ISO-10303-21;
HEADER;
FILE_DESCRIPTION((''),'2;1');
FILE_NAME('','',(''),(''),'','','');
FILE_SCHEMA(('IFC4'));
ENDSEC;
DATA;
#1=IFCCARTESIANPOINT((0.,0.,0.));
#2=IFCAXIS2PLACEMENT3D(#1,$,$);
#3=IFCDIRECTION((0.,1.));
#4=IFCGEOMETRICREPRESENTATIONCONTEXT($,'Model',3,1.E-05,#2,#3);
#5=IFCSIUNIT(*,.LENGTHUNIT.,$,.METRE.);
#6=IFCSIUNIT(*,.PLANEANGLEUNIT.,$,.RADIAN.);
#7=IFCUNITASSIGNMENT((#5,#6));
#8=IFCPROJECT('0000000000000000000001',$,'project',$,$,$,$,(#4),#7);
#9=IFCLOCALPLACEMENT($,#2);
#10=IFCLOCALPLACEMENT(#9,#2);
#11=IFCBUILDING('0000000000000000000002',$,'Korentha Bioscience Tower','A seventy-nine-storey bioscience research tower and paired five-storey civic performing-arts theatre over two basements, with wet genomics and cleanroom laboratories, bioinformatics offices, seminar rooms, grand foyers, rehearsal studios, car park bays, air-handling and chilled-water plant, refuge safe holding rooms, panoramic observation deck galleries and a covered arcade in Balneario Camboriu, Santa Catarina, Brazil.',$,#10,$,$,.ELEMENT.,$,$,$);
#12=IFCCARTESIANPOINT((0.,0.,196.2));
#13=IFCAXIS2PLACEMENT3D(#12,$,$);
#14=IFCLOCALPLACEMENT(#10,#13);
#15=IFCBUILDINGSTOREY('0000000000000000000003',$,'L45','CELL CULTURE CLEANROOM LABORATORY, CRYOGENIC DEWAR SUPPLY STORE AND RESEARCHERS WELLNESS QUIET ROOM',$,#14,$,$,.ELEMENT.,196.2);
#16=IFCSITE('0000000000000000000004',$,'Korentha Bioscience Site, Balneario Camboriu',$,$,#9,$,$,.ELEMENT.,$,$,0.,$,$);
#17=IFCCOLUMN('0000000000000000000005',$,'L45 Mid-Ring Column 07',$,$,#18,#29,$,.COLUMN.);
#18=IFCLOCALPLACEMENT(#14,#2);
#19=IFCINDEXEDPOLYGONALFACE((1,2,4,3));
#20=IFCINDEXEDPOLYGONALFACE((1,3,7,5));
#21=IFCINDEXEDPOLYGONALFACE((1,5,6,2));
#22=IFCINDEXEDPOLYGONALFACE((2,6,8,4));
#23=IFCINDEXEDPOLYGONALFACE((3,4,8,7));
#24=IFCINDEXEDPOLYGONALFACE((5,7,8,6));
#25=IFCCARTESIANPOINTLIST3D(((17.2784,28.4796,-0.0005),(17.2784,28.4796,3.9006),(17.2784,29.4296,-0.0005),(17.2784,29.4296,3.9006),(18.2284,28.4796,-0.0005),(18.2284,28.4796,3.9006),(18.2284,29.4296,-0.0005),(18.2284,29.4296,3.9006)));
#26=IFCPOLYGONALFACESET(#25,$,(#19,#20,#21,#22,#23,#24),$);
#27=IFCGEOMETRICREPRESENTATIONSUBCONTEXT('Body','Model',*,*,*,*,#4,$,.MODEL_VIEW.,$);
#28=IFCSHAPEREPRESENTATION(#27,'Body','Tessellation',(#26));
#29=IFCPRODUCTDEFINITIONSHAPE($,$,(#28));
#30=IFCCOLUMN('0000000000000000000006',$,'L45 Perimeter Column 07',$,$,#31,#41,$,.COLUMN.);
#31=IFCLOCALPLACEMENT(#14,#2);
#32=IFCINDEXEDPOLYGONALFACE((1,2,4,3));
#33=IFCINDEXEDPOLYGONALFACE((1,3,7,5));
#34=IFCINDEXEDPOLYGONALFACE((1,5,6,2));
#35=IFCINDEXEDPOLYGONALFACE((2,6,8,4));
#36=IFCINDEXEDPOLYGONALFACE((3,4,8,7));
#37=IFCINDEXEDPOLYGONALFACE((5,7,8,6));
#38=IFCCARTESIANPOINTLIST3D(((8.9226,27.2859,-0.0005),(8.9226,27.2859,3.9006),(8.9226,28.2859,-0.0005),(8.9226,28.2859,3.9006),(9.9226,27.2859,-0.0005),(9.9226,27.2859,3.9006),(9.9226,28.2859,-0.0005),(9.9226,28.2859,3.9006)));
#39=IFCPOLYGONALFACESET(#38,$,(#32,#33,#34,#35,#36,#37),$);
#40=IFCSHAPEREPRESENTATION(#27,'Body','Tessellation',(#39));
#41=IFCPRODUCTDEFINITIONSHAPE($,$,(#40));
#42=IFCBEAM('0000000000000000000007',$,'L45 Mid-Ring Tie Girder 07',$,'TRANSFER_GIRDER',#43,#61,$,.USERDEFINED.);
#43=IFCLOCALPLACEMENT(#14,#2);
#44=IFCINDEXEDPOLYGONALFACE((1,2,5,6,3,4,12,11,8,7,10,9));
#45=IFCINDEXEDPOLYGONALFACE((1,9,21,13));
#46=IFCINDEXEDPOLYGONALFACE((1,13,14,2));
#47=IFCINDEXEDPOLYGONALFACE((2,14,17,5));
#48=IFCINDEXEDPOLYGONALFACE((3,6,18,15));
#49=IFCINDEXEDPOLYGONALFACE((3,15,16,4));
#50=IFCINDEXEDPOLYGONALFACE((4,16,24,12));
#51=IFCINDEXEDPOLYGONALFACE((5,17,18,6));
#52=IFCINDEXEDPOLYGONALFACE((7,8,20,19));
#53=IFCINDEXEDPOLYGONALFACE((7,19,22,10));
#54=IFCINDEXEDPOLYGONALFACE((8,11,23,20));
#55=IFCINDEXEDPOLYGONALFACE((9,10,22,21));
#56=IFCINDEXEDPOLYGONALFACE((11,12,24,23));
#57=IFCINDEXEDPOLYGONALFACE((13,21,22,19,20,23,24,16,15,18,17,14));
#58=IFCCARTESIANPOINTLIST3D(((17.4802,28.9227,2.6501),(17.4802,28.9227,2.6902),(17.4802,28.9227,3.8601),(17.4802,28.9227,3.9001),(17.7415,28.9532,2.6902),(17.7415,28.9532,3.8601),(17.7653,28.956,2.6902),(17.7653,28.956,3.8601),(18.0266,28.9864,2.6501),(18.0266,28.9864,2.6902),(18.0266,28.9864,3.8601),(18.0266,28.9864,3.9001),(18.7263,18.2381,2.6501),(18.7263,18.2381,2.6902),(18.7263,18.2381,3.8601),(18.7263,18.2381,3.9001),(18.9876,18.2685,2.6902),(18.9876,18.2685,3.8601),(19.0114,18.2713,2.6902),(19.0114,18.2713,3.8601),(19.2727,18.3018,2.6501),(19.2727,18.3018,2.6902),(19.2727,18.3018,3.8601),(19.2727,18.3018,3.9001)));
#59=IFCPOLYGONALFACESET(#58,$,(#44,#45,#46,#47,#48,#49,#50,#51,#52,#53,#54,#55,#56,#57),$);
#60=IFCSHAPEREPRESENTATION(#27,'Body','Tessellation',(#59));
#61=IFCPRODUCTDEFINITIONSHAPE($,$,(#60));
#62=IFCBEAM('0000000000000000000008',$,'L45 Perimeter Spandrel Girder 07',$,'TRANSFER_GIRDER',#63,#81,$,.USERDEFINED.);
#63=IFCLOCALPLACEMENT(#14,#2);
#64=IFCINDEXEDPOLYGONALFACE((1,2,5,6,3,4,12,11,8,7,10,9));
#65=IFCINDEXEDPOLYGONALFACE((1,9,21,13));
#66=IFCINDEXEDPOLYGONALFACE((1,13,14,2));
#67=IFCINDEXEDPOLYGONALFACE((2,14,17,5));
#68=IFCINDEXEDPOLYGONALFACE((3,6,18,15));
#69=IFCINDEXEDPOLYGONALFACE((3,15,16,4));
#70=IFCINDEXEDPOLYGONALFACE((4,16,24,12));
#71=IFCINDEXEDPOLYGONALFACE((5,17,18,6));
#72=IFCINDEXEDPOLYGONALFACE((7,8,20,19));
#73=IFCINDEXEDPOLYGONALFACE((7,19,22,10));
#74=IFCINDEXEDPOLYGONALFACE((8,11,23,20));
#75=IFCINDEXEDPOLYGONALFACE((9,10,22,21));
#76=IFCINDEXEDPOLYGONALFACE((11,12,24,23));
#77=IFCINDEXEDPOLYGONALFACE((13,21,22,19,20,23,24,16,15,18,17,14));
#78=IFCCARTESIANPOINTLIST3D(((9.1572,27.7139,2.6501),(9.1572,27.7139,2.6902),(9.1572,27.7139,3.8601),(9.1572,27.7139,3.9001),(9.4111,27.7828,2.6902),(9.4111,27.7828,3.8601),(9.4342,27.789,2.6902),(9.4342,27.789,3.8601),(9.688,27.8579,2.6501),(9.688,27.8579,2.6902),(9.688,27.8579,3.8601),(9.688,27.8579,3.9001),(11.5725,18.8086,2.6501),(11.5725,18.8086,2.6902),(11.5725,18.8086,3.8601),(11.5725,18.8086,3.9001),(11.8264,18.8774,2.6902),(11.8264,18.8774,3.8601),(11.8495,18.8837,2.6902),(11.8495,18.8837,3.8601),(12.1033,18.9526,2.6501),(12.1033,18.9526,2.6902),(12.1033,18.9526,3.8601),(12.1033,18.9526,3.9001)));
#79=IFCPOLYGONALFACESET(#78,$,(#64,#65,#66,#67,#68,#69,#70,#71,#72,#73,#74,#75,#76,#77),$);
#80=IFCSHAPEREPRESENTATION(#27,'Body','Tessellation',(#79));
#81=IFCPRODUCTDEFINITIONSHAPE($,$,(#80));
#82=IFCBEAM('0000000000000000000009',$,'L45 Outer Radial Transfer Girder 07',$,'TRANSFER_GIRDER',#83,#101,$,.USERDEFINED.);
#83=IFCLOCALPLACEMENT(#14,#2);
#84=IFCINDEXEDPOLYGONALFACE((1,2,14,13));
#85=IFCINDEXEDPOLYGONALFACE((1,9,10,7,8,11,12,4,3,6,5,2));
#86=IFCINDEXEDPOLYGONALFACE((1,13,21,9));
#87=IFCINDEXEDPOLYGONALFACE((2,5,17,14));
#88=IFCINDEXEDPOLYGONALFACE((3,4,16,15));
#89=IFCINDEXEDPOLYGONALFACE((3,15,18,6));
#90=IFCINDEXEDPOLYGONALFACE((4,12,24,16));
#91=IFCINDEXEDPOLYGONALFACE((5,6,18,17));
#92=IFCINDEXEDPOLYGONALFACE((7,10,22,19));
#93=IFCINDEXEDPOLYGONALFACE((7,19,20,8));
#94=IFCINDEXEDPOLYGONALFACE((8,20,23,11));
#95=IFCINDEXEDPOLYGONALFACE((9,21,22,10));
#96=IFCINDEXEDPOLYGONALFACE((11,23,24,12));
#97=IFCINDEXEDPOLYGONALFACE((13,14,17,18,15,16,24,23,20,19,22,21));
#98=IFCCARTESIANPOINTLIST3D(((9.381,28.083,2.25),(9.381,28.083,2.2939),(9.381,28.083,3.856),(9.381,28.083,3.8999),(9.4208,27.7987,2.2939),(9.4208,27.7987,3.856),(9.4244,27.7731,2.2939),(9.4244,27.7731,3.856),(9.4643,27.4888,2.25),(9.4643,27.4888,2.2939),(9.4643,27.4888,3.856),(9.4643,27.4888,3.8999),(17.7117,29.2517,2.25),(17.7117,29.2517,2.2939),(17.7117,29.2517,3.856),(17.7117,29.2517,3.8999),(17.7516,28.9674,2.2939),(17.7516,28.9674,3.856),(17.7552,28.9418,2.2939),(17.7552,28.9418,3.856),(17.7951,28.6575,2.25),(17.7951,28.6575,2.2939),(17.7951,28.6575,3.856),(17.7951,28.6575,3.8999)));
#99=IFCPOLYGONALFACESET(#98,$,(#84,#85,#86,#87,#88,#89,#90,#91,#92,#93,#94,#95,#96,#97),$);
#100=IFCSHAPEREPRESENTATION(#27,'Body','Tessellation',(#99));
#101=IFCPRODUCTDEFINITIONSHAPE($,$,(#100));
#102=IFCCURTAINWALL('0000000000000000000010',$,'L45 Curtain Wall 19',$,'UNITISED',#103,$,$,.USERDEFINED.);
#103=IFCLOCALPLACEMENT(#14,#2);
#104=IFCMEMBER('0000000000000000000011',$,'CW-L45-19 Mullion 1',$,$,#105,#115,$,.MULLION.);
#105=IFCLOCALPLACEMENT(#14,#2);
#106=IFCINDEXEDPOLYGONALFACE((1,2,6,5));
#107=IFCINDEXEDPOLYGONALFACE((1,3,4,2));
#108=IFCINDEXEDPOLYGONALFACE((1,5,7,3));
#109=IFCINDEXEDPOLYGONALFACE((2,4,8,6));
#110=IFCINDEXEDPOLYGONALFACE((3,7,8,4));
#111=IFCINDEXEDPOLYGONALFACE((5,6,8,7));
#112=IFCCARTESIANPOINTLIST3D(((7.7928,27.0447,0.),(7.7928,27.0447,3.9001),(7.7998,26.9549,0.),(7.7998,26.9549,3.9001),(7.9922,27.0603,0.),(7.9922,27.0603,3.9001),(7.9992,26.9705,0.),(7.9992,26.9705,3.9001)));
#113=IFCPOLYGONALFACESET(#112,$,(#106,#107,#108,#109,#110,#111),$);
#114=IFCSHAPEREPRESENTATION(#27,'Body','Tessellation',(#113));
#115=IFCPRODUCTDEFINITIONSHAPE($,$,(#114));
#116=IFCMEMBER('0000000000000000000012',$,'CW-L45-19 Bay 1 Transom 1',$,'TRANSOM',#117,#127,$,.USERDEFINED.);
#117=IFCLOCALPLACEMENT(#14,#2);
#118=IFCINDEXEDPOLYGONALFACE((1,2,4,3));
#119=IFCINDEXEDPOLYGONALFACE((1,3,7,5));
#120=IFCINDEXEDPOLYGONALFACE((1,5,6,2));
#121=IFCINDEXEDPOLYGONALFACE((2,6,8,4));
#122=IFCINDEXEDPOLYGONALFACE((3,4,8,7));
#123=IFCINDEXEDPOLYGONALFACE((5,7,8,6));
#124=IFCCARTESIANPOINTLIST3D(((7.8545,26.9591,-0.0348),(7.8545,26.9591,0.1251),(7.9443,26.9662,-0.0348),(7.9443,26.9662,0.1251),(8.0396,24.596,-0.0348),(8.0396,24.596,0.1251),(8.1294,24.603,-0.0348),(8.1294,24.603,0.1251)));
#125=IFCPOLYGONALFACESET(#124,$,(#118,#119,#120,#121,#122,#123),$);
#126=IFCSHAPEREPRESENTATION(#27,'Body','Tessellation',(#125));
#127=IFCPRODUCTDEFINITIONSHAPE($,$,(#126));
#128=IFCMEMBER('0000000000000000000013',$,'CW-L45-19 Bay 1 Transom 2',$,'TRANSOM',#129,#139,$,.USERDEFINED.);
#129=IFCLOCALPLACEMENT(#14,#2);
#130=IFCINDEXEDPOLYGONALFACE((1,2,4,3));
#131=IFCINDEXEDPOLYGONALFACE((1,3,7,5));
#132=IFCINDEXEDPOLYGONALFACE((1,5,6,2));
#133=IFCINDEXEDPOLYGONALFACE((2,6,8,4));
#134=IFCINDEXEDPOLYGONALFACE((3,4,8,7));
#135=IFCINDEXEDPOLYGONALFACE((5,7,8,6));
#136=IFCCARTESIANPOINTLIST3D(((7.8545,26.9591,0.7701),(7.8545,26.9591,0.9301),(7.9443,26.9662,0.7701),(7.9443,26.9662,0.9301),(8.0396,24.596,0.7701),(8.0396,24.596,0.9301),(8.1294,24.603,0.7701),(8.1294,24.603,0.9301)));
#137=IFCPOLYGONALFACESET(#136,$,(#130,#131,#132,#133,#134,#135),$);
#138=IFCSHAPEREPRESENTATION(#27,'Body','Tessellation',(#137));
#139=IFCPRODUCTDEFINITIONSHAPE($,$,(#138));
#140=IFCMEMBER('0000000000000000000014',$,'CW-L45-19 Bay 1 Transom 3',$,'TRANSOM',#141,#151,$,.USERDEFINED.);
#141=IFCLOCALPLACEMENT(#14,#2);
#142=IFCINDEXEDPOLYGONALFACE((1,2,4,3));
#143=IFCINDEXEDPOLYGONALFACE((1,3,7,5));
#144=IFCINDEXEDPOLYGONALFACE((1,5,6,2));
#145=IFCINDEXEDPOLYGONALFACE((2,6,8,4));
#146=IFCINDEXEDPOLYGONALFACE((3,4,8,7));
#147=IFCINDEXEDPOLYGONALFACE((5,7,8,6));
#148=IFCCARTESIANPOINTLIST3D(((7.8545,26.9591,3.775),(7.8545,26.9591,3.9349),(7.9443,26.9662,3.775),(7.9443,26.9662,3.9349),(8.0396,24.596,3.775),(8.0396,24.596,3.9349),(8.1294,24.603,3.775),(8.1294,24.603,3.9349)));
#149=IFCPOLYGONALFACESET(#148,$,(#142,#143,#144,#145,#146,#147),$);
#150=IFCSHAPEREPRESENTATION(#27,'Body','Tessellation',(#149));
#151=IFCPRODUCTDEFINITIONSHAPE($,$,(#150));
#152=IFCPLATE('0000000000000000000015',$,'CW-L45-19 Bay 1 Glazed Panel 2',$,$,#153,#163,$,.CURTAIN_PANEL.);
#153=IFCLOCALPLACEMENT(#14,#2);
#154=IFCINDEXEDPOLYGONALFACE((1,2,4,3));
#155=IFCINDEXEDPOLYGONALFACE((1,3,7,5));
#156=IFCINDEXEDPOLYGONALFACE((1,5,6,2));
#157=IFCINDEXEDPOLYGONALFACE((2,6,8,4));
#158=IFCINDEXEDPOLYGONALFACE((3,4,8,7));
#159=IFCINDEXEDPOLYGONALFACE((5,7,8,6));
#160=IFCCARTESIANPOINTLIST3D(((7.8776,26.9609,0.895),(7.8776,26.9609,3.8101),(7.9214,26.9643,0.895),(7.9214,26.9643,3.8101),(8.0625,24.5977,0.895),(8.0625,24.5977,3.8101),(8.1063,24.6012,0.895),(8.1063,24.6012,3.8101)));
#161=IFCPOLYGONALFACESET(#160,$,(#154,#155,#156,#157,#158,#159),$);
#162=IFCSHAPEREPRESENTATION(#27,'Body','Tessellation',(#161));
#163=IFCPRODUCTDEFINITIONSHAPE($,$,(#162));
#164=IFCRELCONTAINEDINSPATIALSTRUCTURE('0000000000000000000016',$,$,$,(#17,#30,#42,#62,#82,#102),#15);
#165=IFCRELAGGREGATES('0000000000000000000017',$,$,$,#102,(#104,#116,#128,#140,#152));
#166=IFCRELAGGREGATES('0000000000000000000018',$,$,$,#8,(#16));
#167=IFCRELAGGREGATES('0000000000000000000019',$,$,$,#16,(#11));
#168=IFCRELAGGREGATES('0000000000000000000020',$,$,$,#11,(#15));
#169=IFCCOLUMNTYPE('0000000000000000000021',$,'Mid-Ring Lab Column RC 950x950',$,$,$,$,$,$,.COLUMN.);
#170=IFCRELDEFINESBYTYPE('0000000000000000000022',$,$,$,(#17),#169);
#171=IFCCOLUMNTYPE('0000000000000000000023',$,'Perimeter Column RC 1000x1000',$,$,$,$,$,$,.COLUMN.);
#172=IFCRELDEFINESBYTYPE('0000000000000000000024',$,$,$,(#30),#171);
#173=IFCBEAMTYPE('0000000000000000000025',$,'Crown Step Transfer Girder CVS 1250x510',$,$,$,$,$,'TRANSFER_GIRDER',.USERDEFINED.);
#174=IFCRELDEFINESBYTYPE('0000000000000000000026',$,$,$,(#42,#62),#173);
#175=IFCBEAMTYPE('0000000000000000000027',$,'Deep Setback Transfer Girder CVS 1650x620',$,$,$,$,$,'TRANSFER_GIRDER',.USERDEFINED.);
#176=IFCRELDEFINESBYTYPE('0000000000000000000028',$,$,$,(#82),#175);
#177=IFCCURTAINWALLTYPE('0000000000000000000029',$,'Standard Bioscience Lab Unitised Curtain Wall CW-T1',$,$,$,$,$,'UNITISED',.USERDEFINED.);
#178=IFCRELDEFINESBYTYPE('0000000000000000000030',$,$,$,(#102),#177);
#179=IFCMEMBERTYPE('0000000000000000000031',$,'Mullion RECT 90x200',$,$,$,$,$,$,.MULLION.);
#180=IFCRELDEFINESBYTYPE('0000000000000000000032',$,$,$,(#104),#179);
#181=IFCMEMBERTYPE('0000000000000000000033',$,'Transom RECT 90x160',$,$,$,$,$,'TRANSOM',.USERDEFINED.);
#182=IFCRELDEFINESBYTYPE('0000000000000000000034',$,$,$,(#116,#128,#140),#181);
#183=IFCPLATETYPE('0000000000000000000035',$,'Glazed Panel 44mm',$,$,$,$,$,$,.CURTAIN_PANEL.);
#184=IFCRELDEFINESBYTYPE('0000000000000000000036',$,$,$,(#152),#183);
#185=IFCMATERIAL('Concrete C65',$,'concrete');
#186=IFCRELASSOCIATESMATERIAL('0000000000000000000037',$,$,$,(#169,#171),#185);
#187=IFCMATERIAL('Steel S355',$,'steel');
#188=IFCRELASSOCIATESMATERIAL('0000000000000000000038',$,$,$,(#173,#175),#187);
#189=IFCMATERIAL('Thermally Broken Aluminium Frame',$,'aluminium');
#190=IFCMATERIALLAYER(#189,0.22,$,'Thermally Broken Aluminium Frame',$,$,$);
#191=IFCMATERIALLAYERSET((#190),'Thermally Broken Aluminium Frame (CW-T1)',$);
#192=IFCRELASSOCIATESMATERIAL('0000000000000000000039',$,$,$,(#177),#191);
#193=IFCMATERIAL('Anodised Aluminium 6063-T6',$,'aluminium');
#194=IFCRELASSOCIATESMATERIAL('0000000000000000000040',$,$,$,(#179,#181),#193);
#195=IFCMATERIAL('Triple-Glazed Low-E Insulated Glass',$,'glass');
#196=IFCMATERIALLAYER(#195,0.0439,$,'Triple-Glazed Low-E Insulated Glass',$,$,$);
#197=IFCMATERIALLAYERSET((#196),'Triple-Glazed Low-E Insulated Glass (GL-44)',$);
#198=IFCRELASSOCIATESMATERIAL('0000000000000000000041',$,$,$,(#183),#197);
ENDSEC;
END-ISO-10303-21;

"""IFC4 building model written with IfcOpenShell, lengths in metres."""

from ifc_helpers import new_model, si_unit, direction, frame, origin, origin_2d, place, context, subcontext, project, spatial, rectangle, i_section, extrude, material, layer, layer_set, material_profile, profile_set, type_object, element, aggregate, save


model = new_model("IFC4")

# Units and contexts
model_context = context("Model", 3, precision=1e-05, world=origin(), true_north=direction((0.0, 1.0)))
body_context = subcontext(model_context, "Body", "Model", "MODEL_VIEW")
ifc_project = project(units=[si_unit("LENGTHUNIT", "METRE"), si_unit("PLANEANGLEUNIT", "RADIAN")], contexts=[model_context])

# Site, building, storey
site_placement = place(None, origin())
site = spatial("IfcSite", under=ifc_project, at=site_placement, Name="Korentha Bioscience Site, Balneario Camboriu", CompositionType="ELEMENT", RefElevation=0.0)
building_placement = place(site_placement, origin())
building = spatial("IfcBuilding", under=site, at=building_placement, Name="Korentha Bioscience Tower", Description="A seventy-nine-storey bioscience research tower and paired five-storey civic performing-arts theatre over two basements, with wet genomics and cleanroom laboratories, bioinformatics offices, seminar rooms, grand foyers, rehearsal studios, car park bays, air-handling and chilled-water plant, refuge safe holding rooms, panoramic observation deck galleries and a covered arcade in Balneario Camboriu, Santa Catarina, Brazil.", CompositionType="ELEMENT")
storey_placement = place(building_placement, frame((0.0, 0.0, 196.2)))
storey = spatial("IfcBuildingStorey", under=building, at=storey_placement, Name="L45", Description="CELL CULTURE CLEANROOM LABORATORY, CRYOGENIC DEWAR SUPPLY STORE AND RESEARCHERS WELLNESS QUIET ROOM", CompositionType="ELEMENT", Elevation=196.2)

# Columns
ifc_material_1 = material(Name="Concrete C65", Category="concrete")
ifc_material_profile_1 = material_profile(ifc_material_1, rectangle(XDim=0.95, YDim=0.95, at=origin_2d()), Name="Concrete C65")
ifc_profile_set_1 = profile_set([ifc_material_profile_1], Name="Concrete C65 (COL-MR09)")
column_type_1 = type_object("IfcColumnType", Name="Mid-Ring Lab Column RC 950x950", PredefinedType="COLUMN", material=ifc_profile_set_1)
column_1_placement = place(storey_placement, frame((17.7534, 28.9546, -0.0005), z_axis=(0.0, 0.0, 1.0), x_axis=(1.0, 0.0, 0.0)))
element("IfcColumn", 1, at=column_1_placement, inside=storey, type_object=column_type_1, Name="L45 Mid-Ring Column 07", PredefinedType="COLUMN", context=body_context, shape_type="SweptSolid", body=[
    extrude(rectangle(XDim=0.95, YDim=0.95, at=origin_2d()), origin(), (0.0, 0.0, 1.0), 3.9011),
])
ifc_material_profile_2 = material_profile(ifc_material_1, rectangle(XDim=1.0, YDim=1.0, at=origin_2d()), Name="Concrete C65")
ifc_profile_set_2 = profile_set([ifc_material_profile_2], Name="Concrete C65 (COL-P10)")
column_type_2 = type_object("IfcColumnType", Name="Perimeter Column RC 1000x1000", PredefinedType="COLUMN", material=ifc_profile_set_2)
column_2_placement = place(storey_placement, frame((9.4226, 27.7859, -0.0005), z_axis=(0.0, 0.0, 1.0), x_axis=(0.0, 1.0, 0.0)))
element("IfcColumn", 2, at=column_2_placement, inside=storey, type_object=column_type_2, Name="L45 Perimeter Column 07", PredefinedType="COLUMN", context=body_context, shape_type="SweptSolid", body=[
    extrude(rectangle(XDim=1.0, YDim=1.0, at=origin_2d()), origin(), (0.0, 0.0, 1.0), 3.9011),
])

# Beams
ifc_material_2 = material(Name="Steel S355", Category="steel")
ifc_material_profile_3 = material_profile(ifc_material_2, i_section(OverallWidth=0.55, OverallDepth=1.25, WebThickness=0.0239, FlangeThickness=0.04, at=origin_2d()), Name="Steel S355")
ifc_profile_set_3 = profile_set([ifc_material_profile_3], Name="Steel S355 (TG-03)")
beam_type_1 = type_object("IfcBeamType", Name="Crown Step Transfer Girder CVS 1250x510", ElementType="TRANSFER_GIRDER", PredefinedType="USERDEFINED", material=ifc_profile_set_3)
beam_1_placement = place(storey_placement, frame((17.7534, 28.9546, 3.2751), z_axis=(0.11584, -0.993268, 0.0), x_axis=(0.993268, 0.11584, 0.0)))
element("IfcBeam", 3, at=beam_1_placement, inside=storey, type_object=beam_type_1, Name="L45 Mid-Ring Tie Girder 07", ObjectType="TRANSFER_GIRDER", PredefinedType="USERDEFINED", context=body_context, shape_type="SweptSolid", body=[
    extrude(i_section(OverallWidth=0.55, OverallDepth=1.25, WebThickness=0.0239, FlangeThickness=0.04, at=origin_2d()), origin(), (0.0, 0.0, 1.0), 10.7571),
])
beam_2_placement = place(storey_placement, frame((9.4226, 27.7859, 3.2751), z_axis=(0.261763, -0.965132, 0.0), x_axis=(0.965132, 0.261763, 0.0)))
element("IfcBeam", 4, at=beam_2_placement, inside=storey, type_object=beam_type_1, Name="L45 Perimeter Spandrel Girder 07", ObjectType="TRANSFER_GIRDER", PredefinedType="USERDEFINED", context=body_context, shape_type="SweptSolid", body=[
    extrude(i_section(OverallWidth=0.55, OverallDepth=1.25, WebThickness=0.0239, FlangeThickness=0.04, at=origin_2d()), origin(), (0.0, 0.0, 1.0), 9.2271),
])
ifc_material_profile_4 = material_profile(ifc_material_2, i_section(OverallWidth=0.6001, OverallDepth=1.6499, WebThickness=0.0259, FlangeThickness=0.0439, at=origin_2d()), Name="Steel S355")
ifc_profile_set_4 = profile_set([ifc_material_profile_4], Name="Steel S355 (TG-04)")
beam_type_2 = type_object("IfcBeamType", Name="Deep Setback Transfer Girder CVS 1650x620", ElementType="TRANSFER_GIRDER", PredefinedType="USERDEFINED", material=ifc_profile_set_4)
beam_3_placement = place(storey_placement, frame((17.7534, 28.9546, 3.075), z_axis=(-0.990303, -0.138926, 0.0), x_axis=(0.138926, -0.990303, 0.0)))
element("IfcBeam", 5, at=beam_3_placement, inside=storey, type_object=beam_type_2, Name="L45 Outer Radial Transfer Girder 07", ObjectType="TRANSFER_GIRDER", PredefinedType="USERDEFINED", context=body_context, shape_type="SweptSolid", body=[
    extrude(i_section(OverallWidth=0.6001, OverallDepth=1.6499, WebThickness=0.0259, FlangeThickness=0.0439, at=origin_2d()), origin(), (0.0, 0.0, 1.0), 8.4124),
])

# Curtain wall, members, plate
ifc_material_3 = material(Name="Thermally Broken Aluminium Frame", Category="aluminium")
ifc_layer_1 = layer(ifc_material_3, 0.22, Name="Thermally Broken Aluminium Frame")
ifc_layer_set_1 = layer_set([ifc_layer_1], Name="Thermally Broken Aluminium Frame (CW-T1)")
curtain_wall_type = type_object("IfcCurtainWallType", Name="Standard Bioscience Lab Unitised Curtain Wall CW-T1", ElementType="UNITISED", PredefinedType="USERDEFINED", material=ifc_layer_set_1)
curtain_wall_placement = place(storey_placement, origin())
curtain_wall = element("IfcCurtainWall", 6, at=curtain_wall_placement, inside=storey, type_object=curtain_wall_type, Name="L45 Curtain Wall 19", ObjectType="UNITISED", PredefinedType="USERDEFINED")
ifc_material_4 = material(Name="Anodised Aluminium 6063-T6", Category="aluminium")
ifc_material_profile_5 = material_profile(ifc_material_4, rectangle(XDim=0.0901, YDim=0.2, at=origin_2d()), Name="Anodised Aluminium 6063-T6")
ifc_profile_set_5 = profile_set([ifc_material_profile_5], Name="Anodised Aluminium 6063-T6 (CW-MUL)")
member_type_1 = type_object("IfcMemberType", Name="Mullion RECT 90x200", PredefinedType="MULLION", material=ifc_profile_set_5)
member_1_placement = place(storey_placement, frame((7.896, 27.0076, 0.0), z_axis=(0.0, 0.0, 1.0), x_axis=(0.078031, -0.996951, 0.0)))
member_1 = element("IfcMember", 7, at=member_1_placement, type_object=member_type_1, Name="CW-L45-19 Mullion 1", PredefinedType="MULLION", context=body_context, shape_type="SweptSolid", body=[
    extrude(rectangle(XDim=0.0901, YDim=0.2, at=origin_2d()), origin(), (0.0, 0.0, 1.0), 3.9001),
])
ifc_material_profile_6 = material_profile(ifc_material_4, rectangle(XDim=0.0901, YDim=0.1599, at=origin_2d()), Name="Anodised Aluminium 6063-T6")
ifc_profile_set_6 = profile_set([ifc_material_profile_6], Name="Anodised Aluminium 6063-T6 (CW-TRN)")
member_type_2 = type_object("IfcMemberType", Name="Transom RECT 90x160", ElementType="TRANSOM", PredefinedType="USERDEFINED", material=ifc_profile_set_6)
member_2_placement = place(storey_placement, frame((7.8994, 26.9626, 0.0452), z_axis=(0.078075, -0.996948, 0.0), x_axis=(0.996948, 0.078075, 0.0)))
member_2 = element("IfcMember", 8, at=member_2_placement, type_object=member_type_2, Name="CW-L45-19 Bay 1 Transom 1", ObjectType="TRANSOM", PredefinedType="USERDEFINED", context=body_context, shape_type="SweptSolid", body=[
    extrude(rectangle(XDim=0.0901, YDim=0.1599, at=origin_2d()), origin(), (0.0, 0.0, 1.0), 2.3704),
])
member_3_placement = place(storey_placement, frame((7.8994, 26.9626, 0.8501), z_axis=(0.078075, -0.996948, 0.0), x_axis=(0.996948, 0.078075, 0.0)))
member_3 = element("IfcMember", 9, at=member_3_placement, type_object=member_type_2, Name="CW-L45-19 Bay 1 Transom 2", ObjectType="TRANSOM", PredefinedType="USERDEFINED", context=body_context, shape_type="SweptSolid", body=[
    extrude(rectangle(XDim=0.0901, YDim=0.1599, at=origin_2d()), origin(), (0.0, 0.0, 1.0), 2.3704),
])
member_4_placement = place(storey_placement, frame((7.8994, 26.9626, 3.855), z_axis=(0.078075, -0.996948, 0.0), x_axis=(0.996948, 0.078075, 0.0)))
member_4 = element("IfcMember", 10, at=member_4_placement, type_object=member_type_2, Name="CW-L45-19 Bay 1 Transom 3", ObjectType="TRANSOM", PredefinedType="USERDEFINED", context=body_context, shape_type="SweptSolid", body=[
    extrude(rectangle(XDim=0.0901, YDim=0.1599, at=origin_2d()), origin(), (0.0, 0.0, 1.0), 2.3704),
])
ifc_material_5 = material(Name="Triple-Glazed Low-E Insulated Glass", Category="glass")
ifc_layer_2 = layer(ifc_material_5, 0.0439, Name="Triple-Glazed Low-E Insulated Glass")
ifc_layer_set_2 = layer_set([ifc_layer_2], Name="Triple-Glazed Low-E Insulated Glass (GL-44)")
plate_type = type_object("IfcPlateType", Name="Glazed Panel 44mm", PredefinedType="CURTAIN_PANEL", material=ifc_layer_set_2)
plate_placement = place(storey_placement, frame((7.9919, 25.781, 0.895), z_axis=(0.0, 0.0, 1.0), x_axis=(0.078031, -0.996951, 0.0)))
plate = element("IfcPlate", 11, at=plate_placement, type_object=plate_type, Name="CW-L45-19 Bay 1 Glazed Panel 2", PredefinedType="CURTAIN_PANEL", context=body_context, shape_type="SweptSolid", body=[
    extrude(rectangle(XDim=2.3704, YDim=0.0439, at=origin_2d()), origin(), (0.0, 0.0, 1.0), 2.915),
])
aggregate(curtain_wall, [member_1, member_2, member_3, member_4, plate])

save(model, "model.ifc")
